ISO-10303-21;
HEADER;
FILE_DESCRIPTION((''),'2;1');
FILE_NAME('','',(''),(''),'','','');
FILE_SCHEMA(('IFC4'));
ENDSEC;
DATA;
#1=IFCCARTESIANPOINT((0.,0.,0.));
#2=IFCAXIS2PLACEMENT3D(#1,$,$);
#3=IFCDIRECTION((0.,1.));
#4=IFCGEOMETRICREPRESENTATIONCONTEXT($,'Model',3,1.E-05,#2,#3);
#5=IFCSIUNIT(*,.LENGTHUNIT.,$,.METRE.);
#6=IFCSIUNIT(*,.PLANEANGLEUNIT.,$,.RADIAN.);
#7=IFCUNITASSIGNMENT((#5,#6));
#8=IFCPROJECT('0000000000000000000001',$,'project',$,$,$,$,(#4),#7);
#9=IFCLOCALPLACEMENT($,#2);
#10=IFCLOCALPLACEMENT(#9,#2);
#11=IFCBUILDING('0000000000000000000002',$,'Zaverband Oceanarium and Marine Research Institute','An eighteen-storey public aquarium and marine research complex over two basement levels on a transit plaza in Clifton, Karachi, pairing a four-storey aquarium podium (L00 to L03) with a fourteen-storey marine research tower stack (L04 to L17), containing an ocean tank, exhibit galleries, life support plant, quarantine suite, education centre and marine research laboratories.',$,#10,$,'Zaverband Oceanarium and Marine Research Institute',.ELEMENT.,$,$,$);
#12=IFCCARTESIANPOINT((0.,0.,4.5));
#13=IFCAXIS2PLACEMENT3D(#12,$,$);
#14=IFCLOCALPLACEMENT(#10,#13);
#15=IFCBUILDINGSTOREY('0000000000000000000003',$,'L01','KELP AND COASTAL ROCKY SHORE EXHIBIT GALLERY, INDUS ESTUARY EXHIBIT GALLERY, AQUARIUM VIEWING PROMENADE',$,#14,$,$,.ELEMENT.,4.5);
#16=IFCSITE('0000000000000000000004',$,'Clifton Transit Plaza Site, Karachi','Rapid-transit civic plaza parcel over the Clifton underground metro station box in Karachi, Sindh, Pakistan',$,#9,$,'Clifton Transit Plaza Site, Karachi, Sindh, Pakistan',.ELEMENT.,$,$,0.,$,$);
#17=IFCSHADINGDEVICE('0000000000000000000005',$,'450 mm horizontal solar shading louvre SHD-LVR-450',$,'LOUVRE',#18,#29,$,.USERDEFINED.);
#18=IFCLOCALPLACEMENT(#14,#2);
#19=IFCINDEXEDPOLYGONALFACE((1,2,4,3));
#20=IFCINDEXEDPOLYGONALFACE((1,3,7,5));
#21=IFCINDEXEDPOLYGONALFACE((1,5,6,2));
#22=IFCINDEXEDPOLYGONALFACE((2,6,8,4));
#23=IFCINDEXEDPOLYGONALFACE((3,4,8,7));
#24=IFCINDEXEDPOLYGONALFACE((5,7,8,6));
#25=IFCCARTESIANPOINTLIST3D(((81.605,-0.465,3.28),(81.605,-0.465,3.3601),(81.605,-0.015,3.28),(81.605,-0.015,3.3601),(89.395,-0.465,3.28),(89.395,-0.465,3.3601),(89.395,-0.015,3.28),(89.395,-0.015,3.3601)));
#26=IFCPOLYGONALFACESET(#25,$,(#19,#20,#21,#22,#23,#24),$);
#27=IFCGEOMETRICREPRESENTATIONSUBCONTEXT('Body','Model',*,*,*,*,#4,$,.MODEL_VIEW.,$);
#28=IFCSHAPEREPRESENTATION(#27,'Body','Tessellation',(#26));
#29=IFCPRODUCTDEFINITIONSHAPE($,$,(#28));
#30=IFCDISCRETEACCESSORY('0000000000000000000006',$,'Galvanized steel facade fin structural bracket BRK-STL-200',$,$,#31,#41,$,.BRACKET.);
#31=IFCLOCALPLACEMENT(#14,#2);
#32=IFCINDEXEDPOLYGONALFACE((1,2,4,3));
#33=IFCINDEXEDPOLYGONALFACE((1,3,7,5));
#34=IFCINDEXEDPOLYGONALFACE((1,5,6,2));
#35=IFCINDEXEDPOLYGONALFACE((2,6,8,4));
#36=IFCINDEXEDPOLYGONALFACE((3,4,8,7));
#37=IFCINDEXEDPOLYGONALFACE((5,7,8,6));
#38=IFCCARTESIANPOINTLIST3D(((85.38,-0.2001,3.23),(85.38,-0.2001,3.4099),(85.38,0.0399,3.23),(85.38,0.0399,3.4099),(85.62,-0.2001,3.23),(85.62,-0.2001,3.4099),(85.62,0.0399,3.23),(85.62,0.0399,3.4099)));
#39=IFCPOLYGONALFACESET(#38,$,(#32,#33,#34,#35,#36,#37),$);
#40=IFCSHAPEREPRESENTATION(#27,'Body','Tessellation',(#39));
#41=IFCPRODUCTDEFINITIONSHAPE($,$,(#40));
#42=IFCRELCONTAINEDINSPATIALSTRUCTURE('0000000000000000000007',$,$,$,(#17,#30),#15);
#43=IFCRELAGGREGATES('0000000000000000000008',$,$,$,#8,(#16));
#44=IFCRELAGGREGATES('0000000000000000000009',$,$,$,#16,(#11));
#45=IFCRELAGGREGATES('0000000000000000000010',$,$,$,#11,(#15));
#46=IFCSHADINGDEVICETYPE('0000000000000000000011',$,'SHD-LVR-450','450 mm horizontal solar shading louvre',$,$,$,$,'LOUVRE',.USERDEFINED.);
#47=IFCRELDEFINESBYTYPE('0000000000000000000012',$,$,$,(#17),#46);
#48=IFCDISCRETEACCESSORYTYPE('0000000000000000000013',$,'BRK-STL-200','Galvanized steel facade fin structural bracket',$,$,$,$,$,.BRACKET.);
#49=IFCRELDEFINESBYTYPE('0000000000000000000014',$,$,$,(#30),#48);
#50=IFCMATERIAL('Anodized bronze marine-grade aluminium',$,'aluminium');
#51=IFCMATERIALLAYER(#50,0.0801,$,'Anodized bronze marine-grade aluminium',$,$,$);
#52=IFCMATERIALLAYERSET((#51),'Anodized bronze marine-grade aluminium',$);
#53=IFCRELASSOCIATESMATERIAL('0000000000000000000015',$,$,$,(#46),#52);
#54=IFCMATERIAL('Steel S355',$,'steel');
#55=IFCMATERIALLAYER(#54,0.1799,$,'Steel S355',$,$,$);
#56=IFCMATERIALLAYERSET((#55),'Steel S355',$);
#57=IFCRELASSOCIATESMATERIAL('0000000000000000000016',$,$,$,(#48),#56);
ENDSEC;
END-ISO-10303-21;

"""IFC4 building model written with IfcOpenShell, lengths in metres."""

from ifc_helpers import new_model, si_unit, direction, frame, frame_2d, origin, origin_2d, place, context, subcontext, project, spatial, rectangle, extrude, material, layer, layer_set, type_object, element, save


model = new_model("IFC4")

# Units and contexts
model_context = context("Model", 3, precision=1e-05, world=origin(), true_north=direction((0.0, 1.0)))
body_context = subcontext(model_context, "Body", "Model", "MODEL_VIEW")
ifc_project = project(units=[si_unit("LENGTHUNIT", "METRE"), si_unit("PLANEANGLEUNIT", "RADIAN")], contexts=[model_context])

# Site, building, storey
site_placement = place(None, origin())
site = spatial("IfcSite", under=ifc_project, at=site_placement, Name="Clifton Transit Plaza Site, Karachi", Description="Rapid-transit civic plaza parcel over the Clifton underground metro station box in Karachi, Sindh, Pakistan", LongName="Clifton Transit Plaza Site, Karachi, Sindh, Pakistan", CompositionType="ELEMENT", RefElevation=0.0)
building_placement = place(site_placement, origin())
building = spatial("IfcBuilding", under=site, at=building_placement, Name="Zaverband Oceanarium and Marine Research Institute", Description="An eighteen-storey public aquarium and marine research complex over two basement levels on a transit plaza in Clifton, Karachi, pairing a four-storey aquarium podium (L00 to L03) with a fourteen-storey marine research tower stack (L04 to L17), containing an ocean tank, exhibit galleries, life support plant, quarantine suite, education centre and marine research laboratories.", LongName="Zaverband Oceanarium and Marine Research Institute", CompositionType="ELEMENT")
storey_placement = place(building_placement, frame((0.0, 0.0, 4.5)))
storey = spatial("IfcBuildingStorey", under=building, at=storey_placement, Name="L01", Description="KELP AND COASTAL ROCKY SHORE EXHIBIT GALLERY, INDUS ESTUARY EXHIBIT GALLERY, AQUARIUM VIEWING PROMENADE", CompositionType="ELEMENT", Elevation=4.5)

# Shared definitions
ifc_material_1 = material(Name="Steel S355", Category="steel")

# Shading device
ifc_material_2 = material(Name="Anodized bronze marine-grade aluminium", Category="aluminium")
ifc_layer_1 = layer(ifc_material_2, 0.0801, Name="Anodized bronze marine-grade aluminium")
ifc_layer_set_1 = layer_set([ifc_layer_1], Name="Anodized bronze marine-grade aluminium")
shading_device_type = type_object("IfcShadingDeviceType", Name="SHD-LVR-450", Description="450 mm horizontal solar shading louvre", ElementType="LOUVRE", PredefinedType="USERDEFINED", material=ifc_layer_set_1)
shading_device_placement = place(storey_placement, frame((81.605, -0.24, 3.28), z_axis=(0.0, 0.0, 1.0), x_axis=(1.0, 0.0, 0.0)))
element("IfcShadingDevice", 1, at=shading_device_placement, inside=storey, type_object=shading_device_type, Name="450 mm horizontal solar shading louvre SHD-LVR-450", ObjectType="LOUVRE", PredefinedType="USERDEFINED", context=body_context, shape_type="SweptSolid", body=[
    extrude(rectangle(XDim=7.79, YDim=0.45, at=frame_2d((3.895, 0.0))), origin(), (0.0, 0.0, 1.0), 0.0801),
])

# Discrete accessory
ifc_layer_2 = layer(ifc_material_1, 0.1799, Name="Steel S355")
ifc_layer_set_2 = layer_set([ifc_layer_2], Name="Steel S355")
discrete_accessory_type = type_object("IfcDiscreteAccessoryType", Name="BRK-STL-200", Description="Galvanized steel facade fin structural bracket", PredefinedType="BRACKET", material=ifc_layer_set_2)
discrete_accessory_placement = place(storey_placement, frame((85.5, -0.0801, 3.23), z_axis=(0.0, 0.0, 1.0), x_axis=(1.0, 0.0, 0.0)))
element("IfcDiscreteAccessory", 2, at=discrete_accessory_placement, inside=storey, type_object=discrete_accessory_type, Name="Galvanized steel facade fin structural bracket BRK-STL-200", PredefinedType="BRACKET", context=body_context, shape_type="SweptSolid", body=[
    extrude(rectangle(XDim=0.24, YDim=0.24, at=origin_2d()), origin(), (0.0, 0.0, 1.0), 0.1799),
])

save(model, "model.ifc")
